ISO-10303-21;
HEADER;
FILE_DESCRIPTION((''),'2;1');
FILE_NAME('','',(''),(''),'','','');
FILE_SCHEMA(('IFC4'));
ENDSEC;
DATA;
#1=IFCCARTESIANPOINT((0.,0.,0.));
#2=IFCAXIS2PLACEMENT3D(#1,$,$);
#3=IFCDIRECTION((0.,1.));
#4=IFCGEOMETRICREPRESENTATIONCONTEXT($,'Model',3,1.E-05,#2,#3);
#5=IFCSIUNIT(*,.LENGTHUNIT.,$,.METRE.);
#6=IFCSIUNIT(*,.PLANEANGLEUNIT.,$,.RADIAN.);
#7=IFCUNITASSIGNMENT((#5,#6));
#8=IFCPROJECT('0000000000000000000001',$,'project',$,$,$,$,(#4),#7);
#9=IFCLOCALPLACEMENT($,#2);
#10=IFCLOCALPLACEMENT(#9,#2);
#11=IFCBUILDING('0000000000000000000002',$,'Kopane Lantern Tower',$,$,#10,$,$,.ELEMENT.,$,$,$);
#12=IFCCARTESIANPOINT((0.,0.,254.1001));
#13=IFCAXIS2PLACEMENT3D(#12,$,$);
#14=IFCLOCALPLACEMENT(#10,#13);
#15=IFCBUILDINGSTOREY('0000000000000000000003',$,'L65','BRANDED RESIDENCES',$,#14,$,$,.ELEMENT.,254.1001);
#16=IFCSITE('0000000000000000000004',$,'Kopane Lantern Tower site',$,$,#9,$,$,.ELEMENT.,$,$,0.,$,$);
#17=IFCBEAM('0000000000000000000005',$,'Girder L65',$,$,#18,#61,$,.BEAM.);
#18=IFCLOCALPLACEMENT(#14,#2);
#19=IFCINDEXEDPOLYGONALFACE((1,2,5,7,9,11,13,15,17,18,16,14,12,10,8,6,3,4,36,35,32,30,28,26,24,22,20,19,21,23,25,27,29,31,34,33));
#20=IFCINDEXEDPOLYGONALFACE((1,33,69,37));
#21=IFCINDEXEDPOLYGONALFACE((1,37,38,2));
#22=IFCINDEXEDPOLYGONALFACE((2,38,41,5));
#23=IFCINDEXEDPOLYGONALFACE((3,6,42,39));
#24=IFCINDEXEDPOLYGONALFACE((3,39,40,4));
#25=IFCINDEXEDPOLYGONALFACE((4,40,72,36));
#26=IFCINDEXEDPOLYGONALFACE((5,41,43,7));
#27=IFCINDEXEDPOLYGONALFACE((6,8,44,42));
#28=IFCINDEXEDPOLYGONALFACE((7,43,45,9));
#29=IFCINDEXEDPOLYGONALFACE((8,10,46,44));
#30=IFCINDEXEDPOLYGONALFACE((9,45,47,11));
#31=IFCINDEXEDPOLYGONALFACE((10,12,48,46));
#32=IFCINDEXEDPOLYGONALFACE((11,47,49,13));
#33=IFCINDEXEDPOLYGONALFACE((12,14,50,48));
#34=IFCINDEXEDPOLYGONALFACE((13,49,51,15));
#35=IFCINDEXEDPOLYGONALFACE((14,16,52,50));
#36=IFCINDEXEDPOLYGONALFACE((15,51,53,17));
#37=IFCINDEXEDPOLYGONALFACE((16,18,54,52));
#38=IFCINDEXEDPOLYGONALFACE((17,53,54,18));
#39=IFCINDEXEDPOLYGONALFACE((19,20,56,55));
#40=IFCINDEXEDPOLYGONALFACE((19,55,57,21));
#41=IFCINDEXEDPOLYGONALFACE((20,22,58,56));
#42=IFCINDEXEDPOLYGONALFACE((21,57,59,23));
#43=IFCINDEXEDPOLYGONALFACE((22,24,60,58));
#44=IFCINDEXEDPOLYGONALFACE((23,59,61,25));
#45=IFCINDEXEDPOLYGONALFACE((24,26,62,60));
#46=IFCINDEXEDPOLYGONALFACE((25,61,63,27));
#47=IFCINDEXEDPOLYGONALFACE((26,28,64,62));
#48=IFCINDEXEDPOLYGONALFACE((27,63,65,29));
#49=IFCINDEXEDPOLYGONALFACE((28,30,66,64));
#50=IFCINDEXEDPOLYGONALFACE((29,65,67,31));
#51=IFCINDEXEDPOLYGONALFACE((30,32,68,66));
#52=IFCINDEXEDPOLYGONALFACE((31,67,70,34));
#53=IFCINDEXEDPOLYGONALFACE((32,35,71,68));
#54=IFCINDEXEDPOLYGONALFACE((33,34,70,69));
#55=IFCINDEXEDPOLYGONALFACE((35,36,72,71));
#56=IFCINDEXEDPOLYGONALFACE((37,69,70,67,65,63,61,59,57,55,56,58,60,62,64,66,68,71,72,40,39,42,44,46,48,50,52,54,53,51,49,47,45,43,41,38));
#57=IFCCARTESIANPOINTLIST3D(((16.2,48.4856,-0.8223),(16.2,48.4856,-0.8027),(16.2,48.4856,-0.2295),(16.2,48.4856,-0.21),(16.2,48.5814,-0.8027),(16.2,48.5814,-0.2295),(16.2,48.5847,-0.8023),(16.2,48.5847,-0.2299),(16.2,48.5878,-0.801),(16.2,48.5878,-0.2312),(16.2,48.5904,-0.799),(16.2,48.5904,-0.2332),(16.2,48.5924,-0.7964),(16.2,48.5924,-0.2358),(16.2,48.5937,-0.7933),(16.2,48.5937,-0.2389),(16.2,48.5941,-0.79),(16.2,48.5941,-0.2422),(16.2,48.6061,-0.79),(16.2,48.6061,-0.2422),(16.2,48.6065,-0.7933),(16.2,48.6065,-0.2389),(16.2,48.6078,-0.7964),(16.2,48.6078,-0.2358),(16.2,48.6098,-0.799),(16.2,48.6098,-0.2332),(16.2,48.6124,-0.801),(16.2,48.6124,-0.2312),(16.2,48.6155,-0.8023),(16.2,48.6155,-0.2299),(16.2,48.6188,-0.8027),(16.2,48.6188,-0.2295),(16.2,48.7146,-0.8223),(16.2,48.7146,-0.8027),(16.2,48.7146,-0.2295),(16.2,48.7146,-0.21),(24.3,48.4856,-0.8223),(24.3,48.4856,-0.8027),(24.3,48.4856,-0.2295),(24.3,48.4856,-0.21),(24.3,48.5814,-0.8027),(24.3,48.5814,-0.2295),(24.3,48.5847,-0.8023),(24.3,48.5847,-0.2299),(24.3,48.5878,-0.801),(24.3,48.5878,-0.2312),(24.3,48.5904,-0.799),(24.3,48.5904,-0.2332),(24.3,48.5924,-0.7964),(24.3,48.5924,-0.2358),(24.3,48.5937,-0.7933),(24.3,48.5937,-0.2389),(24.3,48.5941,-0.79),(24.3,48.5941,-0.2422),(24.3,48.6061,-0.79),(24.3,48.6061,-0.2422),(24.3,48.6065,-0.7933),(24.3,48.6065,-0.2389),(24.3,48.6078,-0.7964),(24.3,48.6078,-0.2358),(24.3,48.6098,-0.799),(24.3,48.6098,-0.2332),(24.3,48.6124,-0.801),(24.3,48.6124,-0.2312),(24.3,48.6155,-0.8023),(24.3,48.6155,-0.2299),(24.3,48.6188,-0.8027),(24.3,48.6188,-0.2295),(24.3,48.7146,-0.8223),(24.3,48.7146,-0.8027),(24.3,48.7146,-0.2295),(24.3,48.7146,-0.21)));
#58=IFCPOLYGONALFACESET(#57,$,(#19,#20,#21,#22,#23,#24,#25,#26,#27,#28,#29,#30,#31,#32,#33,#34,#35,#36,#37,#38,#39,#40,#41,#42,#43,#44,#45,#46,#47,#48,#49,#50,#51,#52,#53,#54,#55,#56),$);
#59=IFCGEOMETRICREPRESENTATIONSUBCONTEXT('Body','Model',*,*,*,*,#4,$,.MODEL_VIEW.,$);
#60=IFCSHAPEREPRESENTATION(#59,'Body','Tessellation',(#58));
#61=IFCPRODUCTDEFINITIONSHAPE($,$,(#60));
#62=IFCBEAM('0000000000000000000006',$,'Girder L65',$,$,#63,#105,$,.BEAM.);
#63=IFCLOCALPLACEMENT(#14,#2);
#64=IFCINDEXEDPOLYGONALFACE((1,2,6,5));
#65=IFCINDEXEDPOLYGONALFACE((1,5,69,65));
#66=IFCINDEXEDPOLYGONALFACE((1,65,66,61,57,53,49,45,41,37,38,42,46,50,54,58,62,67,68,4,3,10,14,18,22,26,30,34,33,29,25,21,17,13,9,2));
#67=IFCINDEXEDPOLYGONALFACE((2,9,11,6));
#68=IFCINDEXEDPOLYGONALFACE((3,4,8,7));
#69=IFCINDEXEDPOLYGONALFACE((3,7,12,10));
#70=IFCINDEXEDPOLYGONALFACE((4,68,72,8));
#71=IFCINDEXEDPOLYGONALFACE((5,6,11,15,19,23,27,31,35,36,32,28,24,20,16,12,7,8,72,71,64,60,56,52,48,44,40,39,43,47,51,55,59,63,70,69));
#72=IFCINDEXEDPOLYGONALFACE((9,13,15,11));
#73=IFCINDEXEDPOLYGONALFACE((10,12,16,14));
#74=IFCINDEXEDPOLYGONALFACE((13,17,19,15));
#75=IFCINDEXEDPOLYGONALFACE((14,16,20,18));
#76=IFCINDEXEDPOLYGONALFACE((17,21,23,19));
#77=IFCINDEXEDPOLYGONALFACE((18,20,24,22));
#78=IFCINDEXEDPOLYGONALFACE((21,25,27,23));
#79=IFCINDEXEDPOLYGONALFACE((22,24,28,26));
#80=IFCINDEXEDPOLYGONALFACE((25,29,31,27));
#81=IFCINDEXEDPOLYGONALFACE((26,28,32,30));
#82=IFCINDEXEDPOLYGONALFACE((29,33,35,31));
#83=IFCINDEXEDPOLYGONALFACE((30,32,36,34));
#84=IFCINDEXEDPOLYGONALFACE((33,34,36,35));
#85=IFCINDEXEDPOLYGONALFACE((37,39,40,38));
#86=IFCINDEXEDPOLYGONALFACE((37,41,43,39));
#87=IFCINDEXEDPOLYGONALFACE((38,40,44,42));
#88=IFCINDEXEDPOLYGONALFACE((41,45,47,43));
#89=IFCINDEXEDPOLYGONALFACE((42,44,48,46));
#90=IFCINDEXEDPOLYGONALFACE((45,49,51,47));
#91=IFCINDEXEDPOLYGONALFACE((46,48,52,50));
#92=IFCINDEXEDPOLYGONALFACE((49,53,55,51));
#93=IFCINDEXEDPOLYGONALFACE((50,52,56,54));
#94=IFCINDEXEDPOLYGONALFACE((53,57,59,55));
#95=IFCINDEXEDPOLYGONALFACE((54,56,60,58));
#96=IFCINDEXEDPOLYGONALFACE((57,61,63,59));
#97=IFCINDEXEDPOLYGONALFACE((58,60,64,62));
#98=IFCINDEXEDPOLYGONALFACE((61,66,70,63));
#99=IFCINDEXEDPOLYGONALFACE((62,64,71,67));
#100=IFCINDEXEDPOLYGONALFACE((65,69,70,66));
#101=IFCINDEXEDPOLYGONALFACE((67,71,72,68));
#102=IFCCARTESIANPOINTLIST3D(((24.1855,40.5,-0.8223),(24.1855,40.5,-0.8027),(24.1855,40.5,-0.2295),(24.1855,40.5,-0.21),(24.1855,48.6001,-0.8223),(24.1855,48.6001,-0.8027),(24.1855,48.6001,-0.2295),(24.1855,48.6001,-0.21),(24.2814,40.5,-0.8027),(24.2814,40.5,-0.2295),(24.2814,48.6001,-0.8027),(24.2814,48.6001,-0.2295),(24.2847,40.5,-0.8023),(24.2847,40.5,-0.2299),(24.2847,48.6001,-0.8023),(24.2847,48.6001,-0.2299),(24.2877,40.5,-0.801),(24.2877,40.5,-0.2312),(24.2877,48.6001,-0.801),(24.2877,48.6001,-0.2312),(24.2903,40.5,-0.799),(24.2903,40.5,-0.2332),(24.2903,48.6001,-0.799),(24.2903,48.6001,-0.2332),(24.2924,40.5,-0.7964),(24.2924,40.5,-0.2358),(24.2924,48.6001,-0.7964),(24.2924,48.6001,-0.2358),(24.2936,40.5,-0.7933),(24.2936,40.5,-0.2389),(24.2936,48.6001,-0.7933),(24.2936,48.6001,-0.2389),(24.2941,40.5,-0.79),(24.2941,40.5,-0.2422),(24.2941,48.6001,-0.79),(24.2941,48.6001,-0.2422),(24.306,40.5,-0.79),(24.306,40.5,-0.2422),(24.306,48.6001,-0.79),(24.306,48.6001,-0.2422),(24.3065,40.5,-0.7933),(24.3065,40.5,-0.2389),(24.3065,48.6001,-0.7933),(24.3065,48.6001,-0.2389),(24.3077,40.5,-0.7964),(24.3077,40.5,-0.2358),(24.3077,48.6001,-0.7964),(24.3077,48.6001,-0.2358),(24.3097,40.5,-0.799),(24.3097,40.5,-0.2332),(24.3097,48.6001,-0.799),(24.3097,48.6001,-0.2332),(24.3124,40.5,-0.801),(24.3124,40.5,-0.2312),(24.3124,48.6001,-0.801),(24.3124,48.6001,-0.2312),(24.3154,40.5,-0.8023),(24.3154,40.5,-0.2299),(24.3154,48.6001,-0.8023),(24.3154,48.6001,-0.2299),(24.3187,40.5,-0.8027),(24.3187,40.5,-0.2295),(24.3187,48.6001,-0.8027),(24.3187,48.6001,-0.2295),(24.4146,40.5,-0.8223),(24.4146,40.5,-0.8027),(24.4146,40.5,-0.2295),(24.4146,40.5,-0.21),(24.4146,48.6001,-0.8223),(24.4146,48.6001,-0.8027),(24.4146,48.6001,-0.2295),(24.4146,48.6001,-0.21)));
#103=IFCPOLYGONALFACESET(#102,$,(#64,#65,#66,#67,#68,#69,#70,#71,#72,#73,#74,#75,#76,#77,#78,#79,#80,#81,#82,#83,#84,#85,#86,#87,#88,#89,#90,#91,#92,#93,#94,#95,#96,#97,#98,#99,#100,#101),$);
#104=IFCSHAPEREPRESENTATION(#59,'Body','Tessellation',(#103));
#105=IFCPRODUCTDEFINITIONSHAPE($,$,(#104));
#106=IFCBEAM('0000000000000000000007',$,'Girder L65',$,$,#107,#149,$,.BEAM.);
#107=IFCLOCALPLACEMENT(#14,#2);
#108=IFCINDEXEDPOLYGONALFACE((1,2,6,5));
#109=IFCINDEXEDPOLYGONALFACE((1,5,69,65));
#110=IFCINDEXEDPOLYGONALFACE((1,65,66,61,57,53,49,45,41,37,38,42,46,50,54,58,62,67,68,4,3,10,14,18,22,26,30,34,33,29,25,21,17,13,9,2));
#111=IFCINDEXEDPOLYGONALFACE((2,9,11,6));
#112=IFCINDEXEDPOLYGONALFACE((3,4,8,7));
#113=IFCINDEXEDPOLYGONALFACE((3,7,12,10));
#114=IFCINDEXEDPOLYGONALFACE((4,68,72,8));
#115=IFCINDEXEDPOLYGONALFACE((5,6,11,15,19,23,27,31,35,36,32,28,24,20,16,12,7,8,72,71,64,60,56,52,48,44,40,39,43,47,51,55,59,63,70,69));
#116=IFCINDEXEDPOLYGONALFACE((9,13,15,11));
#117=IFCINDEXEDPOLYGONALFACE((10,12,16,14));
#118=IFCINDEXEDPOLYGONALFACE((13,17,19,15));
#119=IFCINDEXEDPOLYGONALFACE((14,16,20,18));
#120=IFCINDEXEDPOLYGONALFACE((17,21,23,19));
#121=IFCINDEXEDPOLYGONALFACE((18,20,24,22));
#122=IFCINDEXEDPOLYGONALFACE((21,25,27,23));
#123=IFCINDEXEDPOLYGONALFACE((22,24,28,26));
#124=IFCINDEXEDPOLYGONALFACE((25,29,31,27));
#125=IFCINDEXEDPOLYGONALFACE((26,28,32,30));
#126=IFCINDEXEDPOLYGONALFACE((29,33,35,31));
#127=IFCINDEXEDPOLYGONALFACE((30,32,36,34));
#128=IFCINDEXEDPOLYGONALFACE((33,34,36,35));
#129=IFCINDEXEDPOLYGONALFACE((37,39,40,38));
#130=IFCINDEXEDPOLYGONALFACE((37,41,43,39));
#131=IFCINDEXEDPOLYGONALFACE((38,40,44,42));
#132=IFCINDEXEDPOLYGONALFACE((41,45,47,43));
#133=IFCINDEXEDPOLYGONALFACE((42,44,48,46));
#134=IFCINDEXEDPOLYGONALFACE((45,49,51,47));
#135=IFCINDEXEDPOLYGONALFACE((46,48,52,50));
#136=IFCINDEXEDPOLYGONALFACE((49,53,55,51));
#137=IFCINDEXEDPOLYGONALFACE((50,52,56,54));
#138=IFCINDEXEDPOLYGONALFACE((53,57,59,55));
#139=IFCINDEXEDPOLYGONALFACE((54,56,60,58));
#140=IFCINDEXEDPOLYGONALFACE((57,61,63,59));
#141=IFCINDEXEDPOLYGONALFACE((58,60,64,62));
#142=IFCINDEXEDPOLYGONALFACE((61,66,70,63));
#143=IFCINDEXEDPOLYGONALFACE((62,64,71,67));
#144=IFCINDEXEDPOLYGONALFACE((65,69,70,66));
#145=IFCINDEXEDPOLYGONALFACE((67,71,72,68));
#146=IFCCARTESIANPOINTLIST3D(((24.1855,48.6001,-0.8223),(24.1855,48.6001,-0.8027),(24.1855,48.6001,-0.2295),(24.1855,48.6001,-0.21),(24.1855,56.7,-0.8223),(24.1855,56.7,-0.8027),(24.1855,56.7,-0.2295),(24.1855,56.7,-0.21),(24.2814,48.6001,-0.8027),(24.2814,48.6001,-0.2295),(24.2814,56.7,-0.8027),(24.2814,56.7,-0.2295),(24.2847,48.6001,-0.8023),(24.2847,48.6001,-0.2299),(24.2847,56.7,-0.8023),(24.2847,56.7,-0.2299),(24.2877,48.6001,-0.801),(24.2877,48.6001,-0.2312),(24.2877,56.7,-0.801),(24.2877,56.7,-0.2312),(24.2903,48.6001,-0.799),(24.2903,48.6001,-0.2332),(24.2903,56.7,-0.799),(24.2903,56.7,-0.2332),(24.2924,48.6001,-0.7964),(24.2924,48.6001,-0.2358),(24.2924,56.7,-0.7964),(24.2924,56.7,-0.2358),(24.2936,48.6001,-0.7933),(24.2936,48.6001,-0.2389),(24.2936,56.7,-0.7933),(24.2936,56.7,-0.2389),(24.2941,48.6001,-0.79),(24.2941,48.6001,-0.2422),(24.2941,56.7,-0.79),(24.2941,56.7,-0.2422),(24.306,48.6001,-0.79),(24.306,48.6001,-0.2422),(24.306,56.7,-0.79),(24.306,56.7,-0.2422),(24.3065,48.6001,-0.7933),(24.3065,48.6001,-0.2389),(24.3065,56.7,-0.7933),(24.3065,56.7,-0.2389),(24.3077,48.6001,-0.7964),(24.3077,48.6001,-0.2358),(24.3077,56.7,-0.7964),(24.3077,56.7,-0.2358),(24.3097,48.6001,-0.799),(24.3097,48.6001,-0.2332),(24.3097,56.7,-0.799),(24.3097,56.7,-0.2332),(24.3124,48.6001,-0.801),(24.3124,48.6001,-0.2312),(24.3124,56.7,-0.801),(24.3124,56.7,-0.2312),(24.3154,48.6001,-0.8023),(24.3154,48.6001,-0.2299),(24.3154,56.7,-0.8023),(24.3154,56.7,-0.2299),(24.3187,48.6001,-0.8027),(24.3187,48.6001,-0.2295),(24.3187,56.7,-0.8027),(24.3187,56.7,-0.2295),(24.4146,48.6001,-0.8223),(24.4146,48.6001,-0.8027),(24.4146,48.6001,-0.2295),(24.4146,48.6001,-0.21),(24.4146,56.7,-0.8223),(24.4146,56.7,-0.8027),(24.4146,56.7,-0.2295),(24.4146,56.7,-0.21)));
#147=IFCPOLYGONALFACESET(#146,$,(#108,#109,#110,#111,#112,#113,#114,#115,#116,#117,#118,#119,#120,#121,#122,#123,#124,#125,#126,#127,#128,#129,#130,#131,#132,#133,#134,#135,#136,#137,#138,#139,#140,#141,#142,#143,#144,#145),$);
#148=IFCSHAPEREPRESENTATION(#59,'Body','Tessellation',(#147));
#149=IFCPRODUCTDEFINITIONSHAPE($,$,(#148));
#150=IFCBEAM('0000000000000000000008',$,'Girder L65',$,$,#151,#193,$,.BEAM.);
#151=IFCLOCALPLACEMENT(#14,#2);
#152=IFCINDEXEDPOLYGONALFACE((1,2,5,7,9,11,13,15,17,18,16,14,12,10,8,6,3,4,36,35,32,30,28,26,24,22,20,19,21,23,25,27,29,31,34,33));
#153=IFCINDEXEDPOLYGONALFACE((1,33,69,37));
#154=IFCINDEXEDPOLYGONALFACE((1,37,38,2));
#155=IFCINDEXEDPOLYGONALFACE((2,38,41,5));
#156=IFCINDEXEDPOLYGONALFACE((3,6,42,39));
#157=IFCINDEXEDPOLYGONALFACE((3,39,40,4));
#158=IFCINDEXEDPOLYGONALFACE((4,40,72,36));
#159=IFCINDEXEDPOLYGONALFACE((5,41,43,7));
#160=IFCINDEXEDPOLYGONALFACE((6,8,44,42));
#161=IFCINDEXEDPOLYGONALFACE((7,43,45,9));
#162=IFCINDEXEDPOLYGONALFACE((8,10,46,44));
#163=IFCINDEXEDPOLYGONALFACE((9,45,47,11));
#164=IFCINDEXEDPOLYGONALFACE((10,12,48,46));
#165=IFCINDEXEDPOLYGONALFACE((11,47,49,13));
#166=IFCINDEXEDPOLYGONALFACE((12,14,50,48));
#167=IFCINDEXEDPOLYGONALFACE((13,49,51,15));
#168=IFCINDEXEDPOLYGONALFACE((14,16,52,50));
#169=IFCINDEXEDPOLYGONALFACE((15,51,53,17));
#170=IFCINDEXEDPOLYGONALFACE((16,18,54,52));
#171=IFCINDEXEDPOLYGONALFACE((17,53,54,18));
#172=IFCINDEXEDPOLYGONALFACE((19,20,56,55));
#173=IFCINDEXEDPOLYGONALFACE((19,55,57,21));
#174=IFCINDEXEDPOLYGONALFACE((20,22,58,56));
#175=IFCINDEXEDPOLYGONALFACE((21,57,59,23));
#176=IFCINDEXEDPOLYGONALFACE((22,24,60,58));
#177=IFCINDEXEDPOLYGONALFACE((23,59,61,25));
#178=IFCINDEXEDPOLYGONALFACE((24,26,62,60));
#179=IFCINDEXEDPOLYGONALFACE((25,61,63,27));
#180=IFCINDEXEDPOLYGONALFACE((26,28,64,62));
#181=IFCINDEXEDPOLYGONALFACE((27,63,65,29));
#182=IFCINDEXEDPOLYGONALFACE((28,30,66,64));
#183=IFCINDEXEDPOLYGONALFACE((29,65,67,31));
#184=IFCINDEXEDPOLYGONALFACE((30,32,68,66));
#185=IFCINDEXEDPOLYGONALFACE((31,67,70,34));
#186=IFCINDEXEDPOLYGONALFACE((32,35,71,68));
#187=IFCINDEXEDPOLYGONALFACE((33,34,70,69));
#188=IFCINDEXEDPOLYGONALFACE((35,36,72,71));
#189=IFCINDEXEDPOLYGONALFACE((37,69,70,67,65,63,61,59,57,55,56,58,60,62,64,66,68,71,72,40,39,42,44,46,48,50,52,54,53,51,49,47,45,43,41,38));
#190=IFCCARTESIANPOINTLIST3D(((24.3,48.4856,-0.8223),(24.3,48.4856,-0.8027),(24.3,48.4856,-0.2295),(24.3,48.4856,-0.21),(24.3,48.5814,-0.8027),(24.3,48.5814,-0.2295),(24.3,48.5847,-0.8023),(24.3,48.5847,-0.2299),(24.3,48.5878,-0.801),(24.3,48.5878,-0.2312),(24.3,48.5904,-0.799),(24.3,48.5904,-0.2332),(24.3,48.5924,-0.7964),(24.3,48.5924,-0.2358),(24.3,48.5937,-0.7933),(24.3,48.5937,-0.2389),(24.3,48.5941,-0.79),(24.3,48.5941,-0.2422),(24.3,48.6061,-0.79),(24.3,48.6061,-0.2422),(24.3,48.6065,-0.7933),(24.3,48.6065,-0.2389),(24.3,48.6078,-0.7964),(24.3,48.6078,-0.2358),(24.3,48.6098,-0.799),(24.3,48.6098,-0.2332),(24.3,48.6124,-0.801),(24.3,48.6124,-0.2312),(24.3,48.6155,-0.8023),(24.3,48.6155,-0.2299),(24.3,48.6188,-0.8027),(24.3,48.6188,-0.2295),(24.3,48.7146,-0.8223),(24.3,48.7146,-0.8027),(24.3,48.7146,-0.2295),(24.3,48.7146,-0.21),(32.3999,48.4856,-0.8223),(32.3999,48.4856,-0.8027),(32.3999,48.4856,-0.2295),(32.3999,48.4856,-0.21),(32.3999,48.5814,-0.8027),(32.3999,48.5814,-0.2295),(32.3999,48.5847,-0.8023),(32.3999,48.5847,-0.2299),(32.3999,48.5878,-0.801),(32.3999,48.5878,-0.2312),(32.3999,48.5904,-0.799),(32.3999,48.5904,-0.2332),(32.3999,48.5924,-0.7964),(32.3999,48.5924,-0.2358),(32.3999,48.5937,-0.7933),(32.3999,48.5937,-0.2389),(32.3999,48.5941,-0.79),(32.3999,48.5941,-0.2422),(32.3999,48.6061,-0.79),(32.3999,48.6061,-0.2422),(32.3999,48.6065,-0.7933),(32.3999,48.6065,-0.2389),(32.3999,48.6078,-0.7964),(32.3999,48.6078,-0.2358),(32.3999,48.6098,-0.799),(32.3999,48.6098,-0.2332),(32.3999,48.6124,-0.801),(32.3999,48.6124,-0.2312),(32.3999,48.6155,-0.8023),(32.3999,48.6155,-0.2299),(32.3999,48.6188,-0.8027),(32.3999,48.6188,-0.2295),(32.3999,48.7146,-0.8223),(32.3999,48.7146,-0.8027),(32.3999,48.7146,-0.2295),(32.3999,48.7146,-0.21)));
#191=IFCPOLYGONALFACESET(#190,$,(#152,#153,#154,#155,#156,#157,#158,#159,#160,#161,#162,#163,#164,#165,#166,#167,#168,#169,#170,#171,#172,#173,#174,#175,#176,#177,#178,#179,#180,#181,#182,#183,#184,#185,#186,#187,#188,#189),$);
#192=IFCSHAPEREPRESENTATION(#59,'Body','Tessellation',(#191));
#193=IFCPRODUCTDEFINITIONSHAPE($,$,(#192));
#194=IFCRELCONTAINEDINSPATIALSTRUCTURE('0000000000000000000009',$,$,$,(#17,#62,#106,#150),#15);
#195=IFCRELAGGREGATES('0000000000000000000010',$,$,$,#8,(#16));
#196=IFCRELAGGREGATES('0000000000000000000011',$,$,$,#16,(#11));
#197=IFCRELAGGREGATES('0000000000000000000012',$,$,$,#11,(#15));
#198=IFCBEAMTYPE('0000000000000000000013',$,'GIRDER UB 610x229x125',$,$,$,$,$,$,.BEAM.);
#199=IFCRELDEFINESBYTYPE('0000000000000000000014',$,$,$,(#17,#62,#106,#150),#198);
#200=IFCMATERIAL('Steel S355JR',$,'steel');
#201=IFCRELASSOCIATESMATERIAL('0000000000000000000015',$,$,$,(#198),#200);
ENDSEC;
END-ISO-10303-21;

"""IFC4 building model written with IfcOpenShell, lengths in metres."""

from ifc_helpers import new_model, si_unit, direction, frame, origin, origin_2d, place, context, subcontext, project, spatial, i_section, extrude, material, material_profile, profile_set, type_object, element, save


model = new_model("IFC4")

# Units and contexts
model_context = context("Model", 3, precision=1e-05, world=origin(), true_north=direction((0.0, 1.0)))
body_context = subcontext(model_context, "Body", "Model", "MODEL_VIEW")
ifc_project = project(units=[si_unit("LENGTHUNIT", "METRE"), si_unit("PLANEANGLEUNIT", "RADIAN")], contexts=[model_context])

# Site, building, storey
site_placement = place(None, origin())
site = spatial("IfcSite", under=ifc_project, at=site_placement, Name="Kopane Lantern Tower site", CompositionType="ELEMENT", RefElevation=0.0)
building_placement = place(site_placement, origin())
building = spatial("IfcBuilding", under=site, at=building_placement, Name="Kopane Lantern Tower", CompositionType="ELEMENT")
storey_placement = place(building_placement, frame((0.0, 0.0, 254.1001)))
storey = spatial("IfcBuildingStorey", under=building, at=storey_placement, Name="L65", Description="BRANDED RESIDENCES", CompositionType="ELEMENT", Elevation=254.1001)

# Beams
ifc_material_1 = material(Name="Steel S355JR", Category="steel")
ifc_material_profile_1 = material_profile(ifc_material_1, i_section(OverallWidth=0.229, OverallDepth=0.6123, WebThickness=0.012, FlangeThickness=0.0195, FilletRadius=0.0127, at=origin_2d()), Name="UB 610x229x125")
ifc_profile_set_1 = profile_set([ifc_material_profile_1], Name="Steel S355JR")
beam_type_1 = type_object("IfcBeamType", Name="GIRDER UB 610x229x125", PredefinedType="BEAM", material=ifc_profile_set_1)
for number, where, z_axis, x_axis, name in (
    (1, (16.2, 48.6001, -0.5161), (1.0, 0.0, 0.0), (0.0, 1.0, 0.0), "Girder L65"),
    (2, (24.3, 40.5, -0.5161), (0.0, 1.0, 0.0), (-1.0, 0.0, 0.0), "Girder L65"),
):
    element("IfcBeam", number, at=place(storey_placement, frame(where, z_axis=z_axis, x_axis=x_axis)), inside=storey, type_object=beam_type_1, Name=name, PredefinedType="BEAM", context=body_context, shape_type="SweptSolid", body=[
        extrude(i_section(OverallWidth=0.229, OverallDepth=0.6123, WebThickness=0.012, FlangeThickness=0.0195, FilletRadius=0.0127, at=origin_2d()), origin(), (0.0, 0.0, 1.0), 8.1001),
    ])
for number, where, z_axis, x_axis, name in (
    (3, (24.3, 48.6001, -0.5161), (0.0, 1.0, 0.0), (-1.0, 0.0, 0.0), "Girder L65"),
    (4, (24.3, 48.6001, -0.5161), (1.0, 0.0, 0.0), (0.0, 1.0, 0.0), "Girder L65"),
):
    element("IfcBeam", number, at=place(storey_placement, frame(where, z_axis=z_axis, x_axis=x_axis)), inside=storey, type_object=beam_type_1, Name=name, PredefinedType="BEAM", context=body_context, shape_type="SweptSolid", body=[
        extrude(i_section(OverallWidth=0.229, OverallDepth=0.6123, WebThickness=0.012, FlangeThickness=0.0195, FilletRadius=0.0127, at=origin_2d()), origin(), (0.0, 0.0, 1.0), 8.0999),
    ])

save(model, "model.ifc")
